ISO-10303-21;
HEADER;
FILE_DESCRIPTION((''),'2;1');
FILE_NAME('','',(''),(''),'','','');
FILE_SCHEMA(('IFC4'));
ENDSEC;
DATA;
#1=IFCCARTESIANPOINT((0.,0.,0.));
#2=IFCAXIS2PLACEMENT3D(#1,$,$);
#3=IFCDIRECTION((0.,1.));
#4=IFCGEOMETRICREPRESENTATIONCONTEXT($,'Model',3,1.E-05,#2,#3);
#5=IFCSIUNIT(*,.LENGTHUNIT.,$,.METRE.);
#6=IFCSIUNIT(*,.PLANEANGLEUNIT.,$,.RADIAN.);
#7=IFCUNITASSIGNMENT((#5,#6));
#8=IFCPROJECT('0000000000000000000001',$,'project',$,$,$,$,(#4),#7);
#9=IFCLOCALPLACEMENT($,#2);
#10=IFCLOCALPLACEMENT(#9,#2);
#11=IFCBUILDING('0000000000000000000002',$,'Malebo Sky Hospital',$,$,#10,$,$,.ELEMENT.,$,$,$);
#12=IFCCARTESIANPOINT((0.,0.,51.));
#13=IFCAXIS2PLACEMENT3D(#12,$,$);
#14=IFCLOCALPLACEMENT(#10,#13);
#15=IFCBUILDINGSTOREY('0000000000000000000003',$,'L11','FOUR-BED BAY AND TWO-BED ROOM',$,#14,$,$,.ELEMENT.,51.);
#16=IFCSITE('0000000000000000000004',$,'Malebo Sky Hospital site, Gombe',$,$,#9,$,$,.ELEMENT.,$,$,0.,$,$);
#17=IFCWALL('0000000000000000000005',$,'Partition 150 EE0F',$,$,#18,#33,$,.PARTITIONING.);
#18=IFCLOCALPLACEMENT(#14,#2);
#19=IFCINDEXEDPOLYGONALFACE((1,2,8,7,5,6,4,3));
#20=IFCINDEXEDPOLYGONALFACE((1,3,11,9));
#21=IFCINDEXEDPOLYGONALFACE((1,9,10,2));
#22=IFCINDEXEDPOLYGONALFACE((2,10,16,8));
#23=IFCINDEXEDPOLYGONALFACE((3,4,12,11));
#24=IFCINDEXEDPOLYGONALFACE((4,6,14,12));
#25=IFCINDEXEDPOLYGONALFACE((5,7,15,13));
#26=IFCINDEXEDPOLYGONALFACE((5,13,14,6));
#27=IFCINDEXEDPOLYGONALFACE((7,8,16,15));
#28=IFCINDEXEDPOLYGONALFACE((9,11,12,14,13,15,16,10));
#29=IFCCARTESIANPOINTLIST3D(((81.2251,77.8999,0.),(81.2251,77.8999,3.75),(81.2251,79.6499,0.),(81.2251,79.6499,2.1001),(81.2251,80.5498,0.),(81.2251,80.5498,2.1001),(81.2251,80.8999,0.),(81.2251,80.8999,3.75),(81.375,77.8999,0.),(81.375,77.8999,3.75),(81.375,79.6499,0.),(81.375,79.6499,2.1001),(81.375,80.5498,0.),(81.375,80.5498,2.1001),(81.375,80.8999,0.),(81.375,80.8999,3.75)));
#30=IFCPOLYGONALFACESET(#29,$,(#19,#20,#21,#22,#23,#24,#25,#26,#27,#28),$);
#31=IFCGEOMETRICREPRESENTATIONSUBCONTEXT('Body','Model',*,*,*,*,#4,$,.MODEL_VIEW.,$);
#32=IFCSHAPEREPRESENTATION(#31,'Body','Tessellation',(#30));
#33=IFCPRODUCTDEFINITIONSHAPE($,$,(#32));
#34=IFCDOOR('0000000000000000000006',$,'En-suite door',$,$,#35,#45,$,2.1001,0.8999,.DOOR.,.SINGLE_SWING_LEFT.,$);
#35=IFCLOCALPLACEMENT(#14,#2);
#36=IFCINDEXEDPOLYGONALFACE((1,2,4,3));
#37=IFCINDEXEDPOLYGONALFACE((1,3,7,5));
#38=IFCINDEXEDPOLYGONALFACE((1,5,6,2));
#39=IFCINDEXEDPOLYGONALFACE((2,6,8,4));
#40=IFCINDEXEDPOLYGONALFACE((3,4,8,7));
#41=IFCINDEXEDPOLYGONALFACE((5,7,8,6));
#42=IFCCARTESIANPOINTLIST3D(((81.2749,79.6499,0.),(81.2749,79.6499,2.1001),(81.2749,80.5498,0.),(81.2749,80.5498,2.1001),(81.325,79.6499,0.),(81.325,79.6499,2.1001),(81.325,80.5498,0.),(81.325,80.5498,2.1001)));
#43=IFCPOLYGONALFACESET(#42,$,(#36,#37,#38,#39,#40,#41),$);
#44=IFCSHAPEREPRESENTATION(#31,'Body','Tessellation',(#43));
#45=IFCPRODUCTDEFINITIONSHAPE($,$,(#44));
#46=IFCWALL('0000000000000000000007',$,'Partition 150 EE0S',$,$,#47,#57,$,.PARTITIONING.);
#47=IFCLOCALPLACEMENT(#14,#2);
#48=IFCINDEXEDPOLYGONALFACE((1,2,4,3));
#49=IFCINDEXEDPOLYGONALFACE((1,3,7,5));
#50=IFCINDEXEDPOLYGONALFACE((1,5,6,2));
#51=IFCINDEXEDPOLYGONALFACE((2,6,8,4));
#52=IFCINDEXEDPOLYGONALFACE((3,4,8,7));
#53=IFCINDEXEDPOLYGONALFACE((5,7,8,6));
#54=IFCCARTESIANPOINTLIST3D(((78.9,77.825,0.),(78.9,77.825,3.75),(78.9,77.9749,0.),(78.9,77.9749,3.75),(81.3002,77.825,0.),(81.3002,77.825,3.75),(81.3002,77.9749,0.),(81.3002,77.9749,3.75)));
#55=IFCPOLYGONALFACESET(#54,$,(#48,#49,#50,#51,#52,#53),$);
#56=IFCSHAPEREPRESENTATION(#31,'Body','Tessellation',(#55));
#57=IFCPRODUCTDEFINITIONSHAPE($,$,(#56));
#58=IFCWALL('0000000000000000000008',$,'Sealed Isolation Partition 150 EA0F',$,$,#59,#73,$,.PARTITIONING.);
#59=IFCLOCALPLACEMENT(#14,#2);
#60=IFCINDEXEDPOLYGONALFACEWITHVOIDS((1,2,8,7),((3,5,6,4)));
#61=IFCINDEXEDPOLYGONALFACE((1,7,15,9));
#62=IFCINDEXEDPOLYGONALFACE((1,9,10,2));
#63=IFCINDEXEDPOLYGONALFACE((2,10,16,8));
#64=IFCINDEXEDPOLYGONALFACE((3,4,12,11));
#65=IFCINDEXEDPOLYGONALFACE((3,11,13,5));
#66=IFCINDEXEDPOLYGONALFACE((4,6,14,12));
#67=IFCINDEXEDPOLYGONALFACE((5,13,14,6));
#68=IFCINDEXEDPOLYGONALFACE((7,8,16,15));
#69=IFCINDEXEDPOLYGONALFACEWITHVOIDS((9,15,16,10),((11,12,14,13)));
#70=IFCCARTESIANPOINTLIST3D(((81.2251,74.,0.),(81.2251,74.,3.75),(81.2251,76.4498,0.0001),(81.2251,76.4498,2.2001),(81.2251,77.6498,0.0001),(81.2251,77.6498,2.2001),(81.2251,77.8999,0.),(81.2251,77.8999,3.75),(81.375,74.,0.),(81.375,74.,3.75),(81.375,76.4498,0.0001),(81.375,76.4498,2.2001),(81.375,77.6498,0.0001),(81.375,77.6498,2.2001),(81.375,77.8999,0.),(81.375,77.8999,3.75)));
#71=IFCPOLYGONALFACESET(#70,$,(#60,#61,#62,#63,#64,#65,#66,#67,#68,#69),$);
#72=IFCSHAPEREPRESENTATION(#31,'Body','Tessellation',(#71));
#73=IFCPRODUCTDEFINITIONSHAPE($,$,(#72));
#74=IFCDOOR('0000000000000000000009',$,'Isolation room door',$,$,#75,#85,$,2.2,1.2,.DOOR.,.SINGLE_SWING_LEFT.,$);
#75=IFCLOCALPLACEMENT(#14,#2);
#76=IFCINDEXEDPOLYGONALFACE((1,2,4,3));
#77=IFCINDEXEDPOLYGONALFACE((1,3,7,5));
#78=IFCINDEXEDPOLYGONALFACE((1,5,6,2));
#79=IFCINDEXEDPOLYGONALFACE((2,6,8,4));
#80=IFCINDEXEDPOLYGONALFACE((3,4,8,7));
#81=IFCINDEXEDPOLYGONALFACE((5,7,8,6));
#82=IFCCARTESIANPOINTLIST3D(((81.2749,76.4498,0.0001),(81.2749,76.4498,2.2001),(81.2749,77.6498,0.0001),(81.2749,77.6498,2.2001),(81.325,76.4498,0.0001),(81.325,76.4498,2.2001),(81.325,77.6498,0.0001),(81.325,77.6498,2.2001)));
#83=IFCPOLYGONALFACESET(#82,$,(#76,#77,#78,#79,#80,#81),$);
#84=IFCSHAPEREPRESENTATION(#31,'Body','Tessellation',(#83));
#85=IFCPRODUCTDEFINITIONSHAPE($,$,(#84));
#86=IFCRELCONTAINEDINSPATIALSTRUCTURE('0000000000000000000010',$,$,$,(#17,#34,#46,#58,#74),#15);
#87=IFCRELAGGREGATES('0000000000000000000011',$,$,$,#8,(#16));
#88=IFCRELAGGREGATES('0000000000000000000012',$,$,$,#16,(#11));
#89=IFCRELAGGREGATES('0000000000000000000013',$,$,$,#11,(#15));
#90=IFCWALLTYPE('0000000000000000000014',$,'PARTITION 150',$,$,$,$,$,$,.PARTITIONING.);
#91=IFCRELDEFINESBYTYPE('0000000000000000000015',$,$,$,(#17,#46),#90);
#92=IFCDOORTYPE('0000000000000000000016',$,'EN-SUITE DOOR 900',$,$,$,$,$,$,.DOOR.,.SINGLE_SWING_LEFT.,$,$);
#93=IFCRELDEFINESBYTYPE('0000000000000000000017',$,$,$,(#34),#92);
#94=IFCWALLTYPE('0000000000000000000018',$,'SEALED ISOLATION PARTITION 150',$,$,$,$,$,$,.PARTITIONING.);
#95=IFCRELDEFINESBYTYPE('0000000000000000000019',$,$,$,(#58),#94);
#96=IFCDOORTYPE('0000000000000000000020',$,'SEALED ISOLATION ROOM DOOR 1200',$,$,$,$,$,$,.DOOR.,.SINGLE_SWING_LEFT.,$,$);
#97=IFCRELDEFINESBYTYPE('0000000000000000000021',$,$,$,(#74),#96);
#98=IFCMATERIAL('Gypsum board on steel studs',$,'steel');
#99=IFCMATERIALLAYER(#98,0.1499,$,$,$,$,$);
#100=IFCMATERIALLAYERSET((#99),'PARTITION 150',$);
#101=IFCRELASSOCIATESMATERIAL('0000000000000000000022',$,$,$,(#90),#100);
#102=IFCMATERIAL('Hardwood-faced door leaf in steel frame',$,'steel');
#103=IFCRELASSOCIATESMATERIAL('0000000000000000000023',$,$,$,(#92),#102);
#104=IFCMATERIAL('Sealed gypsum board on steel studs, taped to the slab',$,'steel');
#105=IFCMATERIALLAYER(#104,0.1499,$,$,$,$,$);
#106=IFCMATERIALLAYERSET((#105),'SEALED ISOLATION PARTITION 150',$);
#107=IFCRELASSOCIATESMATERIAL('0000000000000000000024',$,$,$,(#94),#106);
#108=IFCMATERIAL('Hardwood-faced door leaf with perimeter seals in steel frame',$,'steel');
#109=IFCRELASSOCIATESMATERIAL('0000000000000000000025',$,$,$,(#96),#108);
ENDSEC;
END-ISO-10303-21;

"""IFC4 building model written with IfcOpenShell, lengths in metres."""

from ifc_helpers import new_model, si_unit, direction, frame, frame_2d, origin, place, context, subcontext, project, spatial, rectangle, extrude, material, layer, layer_set, type_object, element, fill, save


model = new_model("IFC4")

# Units and contexts
model_context = context("Model", 3, precision=1e-05, world=origin(), true_north=direction((0.0, 1.0)))
body_context = subcontext(model_context, "Body", "Model", "MODEL_VIEW")
ifc_project = project(units=[si_unit("LENGTHUNIT", "METRE"), si_unit("PLANEANGLEUNIT", "RADIAN")], contexts=[model_context])

# Site, building, storey
site_placement = place(None, origin())
site = spatial("IfcSite", under=ifc_project, at=site_placement, Name="Malebo Sky Hospital site, Gombe", CompositionType="ELEMENT", RefElevation=0.0)
building_placement = place(site_placement, origin())
building = spatial("IfcBuilding", under=site, at=building_placement, Name="Malebo Sky Hospital", CompositionType="ELEMENT")
storey_placement = place(building_placement, frame((0.0, 0.0, 51.0)))
storey = spatial("IfcBuildingStorey", under=building, at=storey_placement, Name="L11", Description="FOUR-BED BAY AND TWO-BED ROOM", CompositionType="ELEMENT", Elevation=51.0)

# Shared definitions
ifc_material_1 = material(Name="Gypsum board on steel studs", Category="steel")
ifc_material_2 = material(Name="Hardwood-faced door leaf in steel frame", Category="steel")

# Shared definitions
ifc_layer_1 = layer(ifc_material_1, 0.1499)
ifc_layer_set_1 = layer_set([ifc_layer_1], Name="PARTITION 150")
wall_type_1 = type_object("IfcWallType", Name="PARTITION 150", PredefinedType="PARTITIONING", material=ifc_layer_set_1)

# Wall, opening, door
wall_1_placement = place(storey_placement, frame((81.3, 80.8999, 0.0), z_axis=(0.0, 0.0, 1.0), x_axis=(0.0, -1.0, 0.0)))
wall_1 = element("IfcWall", 1, at=wall_1_placement, inside=storey, type_object=wall_type_1, Name="Partition 150 EE0F", PredefinedType="PARTITIONING", context=body_context, shape_type="SweptSolid", body=[
    extrude(rectangle(XDim=3.0, YDim=0.1499, at=frame_2d((1.5, 0.0))), origin(), (0.0, 0.0, 1.0), 3.75),
])
opening_1_placement = place(wall_1_placement, frame((0.3501, 0.0, 0.0)))
opening_1 = element("IfcOpeningElement", 2, at=opening_1_placement, cuts=wall_1, PredefinedType="OPENING", context=body_context, shape_type="SweptSolid", body=[
    extrude(rectangle(XDim=0.8999, YDim=2.1001, at=frame_2d((0.45, 1.05))), frame((0.0, 0.085, 0.0), z_axis=(0.0, -1.0, 0.0), x_axis=(1.0, 0.0, 0.0)), (0.0, 0.0, 1.0), 0.1699),
])
door_type_1 = type_object("IfcDoorType", Name="EN-SUITE DOOR 900", OperationType="SINGLE_SWING_LEFT", PredefinedType="DOOR", material=ifc_material_2)
door_1_placement = place(opening_1_placement, origin())
door_1 = element("IfcDoor", 3, at=door_1_placement, inside=storey, type_object=door_type_1, Name="En-suite door", OperationType="SINGLE_SWING_LEFT", OverallHeight=2.1001, OverallWidth=0.8999, PredefinedType="DOOR", context=body_context, shape_type="SweptSolid", body=[
    extrude(rectangle(XDim=0.8999, YDim=2.1001, at=frame_2d((0.45, 1.05))), frame((0.0, 0.0249, 0.0), z_axis=(0.0, -1.0, 0.0), x_axis=(1.0, 0.0, 0.0)), (0.0, 0.0, 1.0), 0.05),
])
fill(opening_1, door_1)

# Wall
wall_2_placement = place(storey_placement, frame((78.8999, 77.8999, 0.0), z_axis=(0.0, 0.0, 1.0), x_axis=(1.0, 0.0, 0.0)))
element("IfcWall", 4, at=wall_2_placement, inside=storey, type_object=wall_type_1, Name="Partition 150 EE0S", PredefinedType="PARTITIONING", context=body_context, shape_type="SweptSolid", body=[
    extrude(rectangle(XDim=2.4001, YDim=0.1499, at=frame_2d((1.2002, 0.0))), origin(), (0.0, 0.0, 1.0), 3.75),
])

# Wall, opening, door
ifc_material_3 = material(Name="Sealed gypsum board on steel studs, taped to the slab", Category="steel")
ifc_layer_2 = layer(ifc_material_3, 0.1499)
ifc_layer_set_2 = layer_set([ifc_layer_2], Name="SEALED ISOLATION PARTITION 150")
wall_type_2 = type_object("IfcWallType", Name="SEALED ISOLATION PARTITION 150", PredefinedType="PARTITIONING", material=ifc_layer_set_2)
wall_3_placement = place(storey_placement, frame((81.3, 77.8999, 0.0), z_axis=(0.0, 0.0, 1.0), x_axis=(0.0, -1.0, 0.0)))
wall_3 = element("IfcWall", 5, at=wall_3_placement, inside=storey, type_object=wall_type_2, Name="Sealed Isolation Partition 150 EA0F", PredefinedType="PARTITIONING", context=body_context, shape_type="SweptSolid", body=[
    extrude(rectangle(XDim=3.8999, YDim=0.1499, at=frame_2d((1.95, 0.0))), origin(), (0.0, 0.0, 1.0), 3.75),
])
opening_2_placement = place(wall_3_placement, frame((0.25, 0.0, 0.0)))
opening_2 = element("IfcOpeningElement", 6, at=opening_2_placement, cuts=wall_3, PredefinedType="OPENING", context=body_context, shape_type="SweptSolid", body=[
    extrude(rectangle(XDim=1.2, YDim=2.2, at=frame_2d((0.6001, 1.1001))), frame((0.0, 0.085, 0.0), z_axis=(0.0, -1.0, 0.0), x_axis=(1.0, 0.0, 0.0)), (0.0, 0.0, 1.0), 0.1699),
])
ifc_material_4 = material(Name="Hardwood-faced door leaf with perimeter seals in steel frame", Category="steel")
door_type_2 = type_object("IfcDoorType", Name="SEALED ISOLATION ROOM DOOR 1200", OperationType="SINGLE_SWING_LEFT", PredefinedType="DOOR", material=ifc_material_4)
door_2_placement = place(opening_2_placement, origin())
door_2 = element("IfcDoor", 7, at=door_2_placement, inside=storey, type_object=door_type_2, Name="Isolation room door", OperationType="SINGLE_SWING_LEFT", OverallHeight=2.2, OverallWidth=1.2, PredefinedType="DOOR", context=body_context, shape_type="SweptSolid", body=[
    extrude(rectangle(XDim=1.2, YDim=2.2, at=frame_2d((0.6001, 1.1001))), frame((0.0, 0.0249, 0.0), z_axis=(0.0, -1.0, 0.0), x_axis=(1.0, 0.0, 0.0)), (0.0, 0.0, 1.0), 0.05),
])
fill(opening_2, door_2)

save(model, "model.ifc")
